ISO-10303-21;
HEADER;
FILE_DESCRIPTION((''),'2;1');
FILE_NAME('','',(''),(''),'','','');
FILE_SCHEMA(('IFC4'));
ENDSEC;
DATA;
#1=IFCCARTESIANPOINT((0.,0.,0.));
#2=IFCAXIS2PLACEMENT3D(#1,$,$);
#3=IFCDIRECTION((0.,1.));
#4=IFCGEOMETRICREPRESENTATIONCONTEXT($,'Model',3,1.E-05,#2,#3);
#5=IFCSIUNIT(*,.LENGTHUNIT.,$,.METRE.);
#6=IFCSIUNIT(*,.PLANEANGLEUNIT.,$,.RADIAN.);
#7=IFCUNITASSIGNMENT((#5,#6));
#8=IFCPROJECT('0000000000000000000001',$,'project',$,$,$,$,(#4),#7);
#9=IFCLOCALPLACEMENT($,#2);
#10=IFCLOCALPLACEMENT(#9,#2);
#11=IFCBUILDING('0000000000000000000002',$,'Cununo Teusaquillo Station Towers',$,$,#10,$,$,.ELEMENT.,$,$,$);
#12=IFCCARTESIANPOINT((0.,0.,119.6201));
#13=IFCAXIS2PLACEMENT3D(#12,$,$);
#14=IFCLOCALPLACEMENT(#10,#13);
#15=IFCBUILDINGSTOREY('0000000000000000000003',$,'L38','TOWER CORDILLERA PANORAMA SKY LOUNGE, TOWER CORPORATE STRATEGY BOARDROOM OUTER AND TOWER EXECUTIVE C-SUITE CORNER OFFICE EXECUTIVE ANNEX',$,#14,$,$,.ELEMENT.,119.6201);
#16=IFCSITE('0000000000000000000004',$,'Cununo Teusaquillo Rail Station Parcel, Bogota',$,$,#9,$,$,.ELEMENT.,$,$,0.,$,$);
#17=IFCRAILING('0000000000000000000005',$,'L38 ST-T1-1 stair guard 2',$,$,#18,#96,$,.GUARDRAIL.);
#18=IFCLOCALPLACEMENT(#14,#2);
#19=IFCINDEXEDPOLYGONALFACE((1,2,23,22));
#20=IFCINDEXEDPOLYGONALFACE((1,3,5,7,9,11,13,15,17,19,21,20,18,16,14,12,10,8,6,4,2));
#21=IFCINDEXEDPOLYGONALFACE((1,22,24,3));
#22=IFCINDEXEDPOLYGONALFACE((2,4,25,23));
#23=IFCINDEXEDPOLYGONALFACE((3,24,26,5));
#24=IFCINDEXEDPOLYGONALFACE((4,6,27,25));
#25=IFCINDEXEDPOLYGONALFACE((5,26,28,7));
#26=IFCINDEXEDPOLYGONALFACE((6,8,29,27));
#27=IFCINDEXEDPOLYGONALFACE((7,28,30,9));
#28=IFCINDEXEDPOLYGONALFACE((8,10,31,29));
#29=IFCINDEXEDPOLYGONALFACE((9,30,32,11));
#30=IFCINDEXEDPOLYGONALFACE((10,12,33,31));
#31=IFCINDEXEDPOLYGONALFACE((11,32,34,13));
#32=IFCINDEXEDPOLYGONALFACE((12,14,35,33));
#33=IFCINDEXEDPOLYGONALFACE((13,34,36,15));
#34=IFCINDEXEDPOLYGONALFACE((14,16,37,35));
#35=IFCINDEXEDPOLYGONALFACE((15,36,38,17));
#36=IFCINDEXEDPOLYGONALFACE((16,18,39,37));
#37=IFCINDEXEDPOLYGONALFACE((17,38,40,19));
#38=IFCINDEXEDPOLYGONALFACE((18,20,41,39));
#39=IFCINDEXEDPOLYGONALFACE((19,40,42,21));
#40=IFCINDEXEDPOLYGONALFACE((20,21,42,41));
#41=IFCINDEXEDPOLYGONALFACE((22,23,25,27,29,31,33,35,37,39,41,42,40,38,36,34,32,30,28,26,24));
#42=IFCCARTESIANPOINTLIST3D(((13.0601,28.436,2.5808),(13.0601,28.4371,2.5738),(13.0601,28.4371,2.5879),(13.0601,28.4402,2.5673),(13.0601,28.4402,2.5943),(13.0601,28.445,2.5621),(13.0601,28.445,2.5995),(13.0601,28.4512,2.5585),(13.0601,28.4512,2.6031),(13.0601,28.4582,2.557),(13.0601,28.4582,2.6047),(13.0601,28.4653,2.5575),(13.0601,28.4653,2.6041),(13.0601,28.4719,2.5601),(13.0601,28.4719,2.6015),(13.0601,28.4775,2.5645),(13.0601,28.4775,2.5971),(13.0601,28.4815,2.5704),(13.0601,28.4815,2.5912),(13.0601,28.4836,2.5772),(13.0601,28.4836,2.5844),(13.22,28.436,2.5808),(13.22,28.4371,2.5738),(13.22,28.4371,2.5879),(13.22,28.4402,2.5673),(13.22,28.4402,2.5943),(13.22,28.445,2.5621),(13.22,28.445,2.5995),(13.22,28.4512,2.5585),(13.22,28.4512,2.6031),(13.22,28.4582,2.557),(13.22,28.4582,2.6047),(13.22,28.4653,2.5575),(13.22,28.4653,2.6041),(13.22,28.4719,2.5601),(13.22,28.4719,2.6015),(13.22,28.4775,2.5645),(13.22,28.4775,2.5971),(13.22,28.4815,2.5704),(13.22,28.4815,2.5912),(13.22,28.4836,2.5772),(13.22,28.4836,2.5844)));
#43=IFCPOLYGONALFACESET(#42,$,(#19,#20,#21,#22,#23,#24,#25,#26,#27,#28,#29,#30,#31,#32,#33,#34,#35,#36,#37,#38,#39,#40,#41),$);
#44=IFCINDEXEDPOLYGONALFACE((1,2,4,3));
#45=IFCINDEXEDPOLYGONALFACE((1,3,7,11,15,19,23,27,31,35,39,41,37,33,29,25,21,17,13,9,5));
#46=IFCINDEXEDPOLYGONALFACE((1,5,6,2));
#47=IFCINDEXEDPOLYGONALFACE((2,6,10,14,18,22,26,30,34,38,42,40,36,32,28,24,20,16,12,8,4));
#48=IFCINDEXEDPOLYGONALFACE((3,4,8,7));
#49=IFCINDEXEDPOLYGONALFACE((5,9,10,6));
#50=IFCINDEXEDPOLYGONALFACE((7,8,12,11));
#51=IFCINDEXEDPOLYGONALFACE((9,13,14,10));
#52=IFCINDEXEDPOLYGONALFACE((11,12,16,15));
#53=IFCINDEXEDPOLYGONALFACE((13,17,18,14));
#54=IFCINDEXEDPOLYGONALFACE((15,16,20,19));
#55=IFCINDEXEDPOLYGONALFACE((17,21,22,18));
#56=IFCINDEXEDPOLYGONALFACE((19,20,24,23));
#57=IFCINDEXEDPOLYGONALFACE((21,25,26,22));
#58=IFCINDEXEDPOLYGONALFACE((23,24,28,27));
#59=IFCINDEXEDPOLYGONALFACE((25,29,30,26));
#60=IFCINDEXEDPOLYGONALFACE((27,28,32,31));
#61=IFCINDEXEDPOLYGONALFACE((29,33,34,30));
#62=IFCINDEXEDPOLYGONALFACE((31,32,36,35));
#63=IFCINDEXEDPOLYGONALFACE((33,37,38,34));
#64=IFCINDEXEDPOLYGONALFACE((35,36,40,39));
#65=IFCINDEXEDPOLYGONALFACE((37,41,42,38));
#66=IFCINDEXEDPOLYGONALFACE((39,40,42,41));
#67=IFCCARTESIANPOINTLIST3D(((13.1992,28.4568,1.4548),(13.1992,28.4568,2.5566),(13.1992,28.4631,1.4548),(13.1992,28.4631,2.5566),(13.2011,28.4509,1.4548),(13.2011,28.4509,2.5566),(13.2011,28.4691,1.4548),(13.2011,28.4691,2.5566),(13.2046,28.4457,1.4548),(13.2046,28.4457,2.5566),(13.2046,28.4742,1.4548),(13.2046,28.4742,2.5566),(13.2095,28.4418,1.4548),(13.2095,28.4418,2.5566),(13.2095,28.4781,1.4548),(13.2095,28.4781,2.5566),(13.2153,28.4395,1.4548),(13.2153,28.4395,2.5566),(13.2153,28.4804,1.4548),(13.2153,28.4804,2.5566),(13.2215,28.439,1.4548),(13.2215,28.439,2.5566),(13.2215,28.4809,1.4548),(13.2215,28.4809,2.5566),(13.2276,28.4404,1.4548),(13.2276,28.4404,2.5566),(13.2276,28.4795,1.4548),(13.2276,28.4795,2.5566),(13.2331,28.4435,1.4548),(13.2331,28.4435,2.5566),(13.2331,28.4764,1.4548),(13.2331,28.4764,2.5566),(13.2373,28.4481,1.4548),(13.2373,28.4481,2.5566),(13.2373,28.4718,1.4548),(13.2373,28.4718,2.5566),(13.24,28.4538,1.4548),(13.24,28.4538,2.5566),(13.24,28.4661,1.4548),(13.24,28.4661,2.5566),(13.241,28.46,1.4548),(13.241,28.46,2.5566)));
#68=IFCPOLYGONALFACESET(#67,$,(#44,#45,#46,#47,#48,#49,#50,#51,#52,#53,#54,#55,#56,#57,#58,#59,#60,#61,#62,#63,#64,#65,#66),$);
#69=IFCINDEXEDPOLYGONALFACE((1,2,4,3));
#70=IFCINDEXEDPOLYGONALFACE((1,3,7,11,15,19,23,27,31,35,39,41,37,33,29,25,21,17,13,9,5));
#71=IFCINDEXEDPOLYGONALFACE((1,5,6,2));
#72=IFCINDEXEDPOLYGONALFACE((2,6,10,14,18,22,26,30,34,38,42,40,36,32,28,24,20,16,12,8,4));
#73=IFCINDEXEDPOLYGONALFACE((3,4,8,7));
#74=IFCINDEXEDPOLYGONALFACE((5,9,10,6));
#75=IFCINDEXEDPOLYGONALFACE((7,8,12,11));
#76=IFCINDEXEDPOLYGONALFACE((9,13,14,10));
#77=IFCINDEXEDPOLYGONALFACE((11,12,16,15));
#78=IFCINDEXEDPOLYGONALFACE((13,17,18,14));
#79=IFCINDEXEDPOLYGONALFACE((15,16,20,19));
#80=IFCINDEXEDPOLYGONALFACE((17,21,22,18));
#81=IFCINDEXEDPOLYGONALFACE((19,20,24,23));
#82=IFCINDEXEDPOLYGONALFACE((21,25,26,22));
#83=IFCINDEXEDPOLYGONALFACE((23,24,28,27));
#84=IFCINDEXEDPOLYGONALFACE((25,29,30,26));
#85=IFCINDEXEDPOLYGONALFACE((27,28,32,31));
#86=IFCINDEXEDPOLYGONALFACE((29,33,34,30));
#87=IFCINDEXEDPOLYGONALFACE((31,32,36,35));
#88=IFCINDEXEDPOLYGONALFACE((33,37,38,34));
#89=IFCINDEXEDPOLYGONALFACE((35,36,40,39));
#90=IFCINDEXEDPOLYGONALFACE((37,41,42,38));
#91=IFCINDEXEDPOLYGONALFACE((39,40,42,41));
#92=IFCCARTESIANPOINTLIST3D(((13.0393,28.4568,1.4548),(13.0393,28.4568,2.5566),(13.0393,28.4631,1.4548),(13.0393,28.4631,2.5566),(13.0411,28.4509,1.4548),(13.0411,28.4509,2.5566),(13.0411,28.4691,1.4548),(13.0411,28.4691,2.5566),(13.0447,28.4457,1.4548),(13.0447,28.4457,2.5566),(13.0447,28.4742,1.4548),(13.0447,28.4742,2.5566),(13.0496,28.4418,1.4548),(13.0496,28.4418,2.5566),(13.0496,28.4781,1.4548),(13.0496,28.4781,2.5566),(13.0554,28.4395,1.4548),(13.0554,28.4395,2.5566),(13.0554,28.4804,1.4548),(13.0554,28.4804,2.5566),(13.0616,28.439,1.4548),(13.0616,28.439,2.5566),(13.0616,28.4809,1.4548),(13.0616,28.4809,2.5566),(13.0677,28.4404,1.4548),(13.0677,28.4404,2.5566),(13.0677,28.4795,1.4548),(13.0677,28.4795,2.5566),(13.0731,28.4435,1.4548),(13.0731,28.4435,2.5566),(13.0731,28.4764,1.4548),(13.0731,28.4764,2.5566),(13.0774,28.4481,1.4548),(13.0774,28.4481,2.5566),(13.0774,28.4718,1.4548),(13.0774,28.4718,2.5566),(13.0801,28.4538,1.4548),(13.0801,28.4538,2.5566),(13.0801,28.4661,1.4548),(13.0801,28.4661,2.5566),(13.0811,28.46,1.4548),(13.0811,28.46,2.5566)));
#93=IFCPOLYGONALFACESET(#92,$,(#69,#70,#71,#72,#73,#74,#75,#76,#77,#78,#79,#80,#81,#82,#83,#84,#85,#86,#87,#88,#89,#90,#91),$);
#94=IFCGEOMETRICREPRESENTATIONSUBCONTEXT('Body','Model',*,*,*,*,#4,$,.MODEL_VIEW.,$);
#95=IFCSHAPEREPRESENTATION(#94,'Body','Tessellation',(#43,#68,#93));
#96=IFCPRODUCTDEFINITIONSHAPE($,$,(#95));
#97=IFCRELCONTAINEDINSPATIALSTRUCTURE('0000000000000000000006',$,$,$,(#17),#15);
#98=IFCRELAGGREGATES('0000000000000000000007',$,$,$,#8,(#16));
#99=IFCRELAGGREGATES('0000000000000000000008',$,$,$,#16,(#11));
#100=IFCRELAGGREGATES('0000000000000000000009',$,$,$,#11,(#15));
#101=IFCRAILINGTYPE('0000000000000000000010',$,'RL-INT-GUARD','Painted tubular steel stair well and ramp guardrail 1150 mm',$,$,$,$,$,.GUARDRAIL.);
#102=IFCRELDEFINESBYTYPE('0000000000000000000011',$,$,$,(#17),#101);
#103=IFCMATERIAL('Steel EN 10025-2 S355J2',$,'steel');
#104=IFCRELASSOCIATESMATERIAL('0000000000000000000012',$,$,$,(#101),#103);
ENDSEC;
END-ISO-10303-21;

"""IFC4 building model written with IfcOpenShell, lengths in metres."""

from ifc_helpers import new_model, si_unit, direction, frame, origin, origin_2d, place, context, subcontext, project, spatial, circle, extrude, material, type_object, element, save


model = new_model("IFC4")

# Units and contexts
model_context = context("Model", 3, precision=1e-05, world=origin(), true_north=direction((0.0, 1.0)))
body_context = subcontext(model_context, "Body", "Model", "MODEL_VIEW")
ifc_project = project(units=[si_unit("LENGTHUNIT", "METRE"), si_unit("PLANEANGLEUNIT", "RADIAN")], contexts=[model_context])

# Site, building, storey
site_placement = place(None, origin())
site = spatial("IfcSite", under=ifc_project, at=site_placement, Name="Cununo Teusaquillo Rail Station Parcel, Bogota", CompositionType="ELEMENT", RefElevation=0.0)
building_placement = place(site_placement, origin())
building = spatial("IfcBuilding", under=site, at=building_placement, Name="Cununo Teusaquillo Station Towers", CompositionType="ELEMENT")
storey_placement = place(building_placement, frame((0.0, 0.0, 119.6201)))
storey = spatial("IfcBuildingStorey", under=building, at=storey_placement, Name="L38", Description="TOWER CORDILLERA PANORAMA SKY LOUNGE, TOWER CORPORATE STRATEGY BOARDROOM OUTER AND TOWER EXECUTIVE C-SUITE CORNER OFFICE EXECUTIVE ANNEX", CompositionType="ELEMENT", Elevation=119.6201)

# Railing
ifc_material_1 = material(Name="Steel EN 10025-2 S355J2", Category="steel")
railing_type_1 = type_object("IfcRailingType", Name="RL-INT-GUARD", Description="Painted tubular steel stair well and ramp guardrail 1150 mm", PredefinedType="GUARDRAIL", material=ifc_material_1)
railing_1_placement = place(storey_placement, frame((13.22, 28.46, 1.4548)))
element("IfcRailing", 1, at=railing_1_placement, inside=storey, type_object=railing_type_1, Name="L38 ST-T1-1 stair guard 2", PredefinedType="GUARDRAIL", context=body_context, shape_type="SweptSolid", body=[
    extrude(circle(Radius=0.0239, at=origin_2d()), frame((0.0, 0.0, 1.126), z_axis=(-1.0, 0.0, 0.0), x_axis=(0.0, -1.0, 0.0)), (0.0, 0.0, 1.0), 0.1599),
    extrude(circle(Radius=0.021, at=origin_2d()), origin(), (0.0, 0.0, 1.0), 1.1018),
    extrude(circle(Radius=0.021, at=origin_2d()), frame((-0.1599, 0.0, 0.0)), (0.0, 0.0, 1.0), 1.1018),
])

save(model, "model.ifc")
